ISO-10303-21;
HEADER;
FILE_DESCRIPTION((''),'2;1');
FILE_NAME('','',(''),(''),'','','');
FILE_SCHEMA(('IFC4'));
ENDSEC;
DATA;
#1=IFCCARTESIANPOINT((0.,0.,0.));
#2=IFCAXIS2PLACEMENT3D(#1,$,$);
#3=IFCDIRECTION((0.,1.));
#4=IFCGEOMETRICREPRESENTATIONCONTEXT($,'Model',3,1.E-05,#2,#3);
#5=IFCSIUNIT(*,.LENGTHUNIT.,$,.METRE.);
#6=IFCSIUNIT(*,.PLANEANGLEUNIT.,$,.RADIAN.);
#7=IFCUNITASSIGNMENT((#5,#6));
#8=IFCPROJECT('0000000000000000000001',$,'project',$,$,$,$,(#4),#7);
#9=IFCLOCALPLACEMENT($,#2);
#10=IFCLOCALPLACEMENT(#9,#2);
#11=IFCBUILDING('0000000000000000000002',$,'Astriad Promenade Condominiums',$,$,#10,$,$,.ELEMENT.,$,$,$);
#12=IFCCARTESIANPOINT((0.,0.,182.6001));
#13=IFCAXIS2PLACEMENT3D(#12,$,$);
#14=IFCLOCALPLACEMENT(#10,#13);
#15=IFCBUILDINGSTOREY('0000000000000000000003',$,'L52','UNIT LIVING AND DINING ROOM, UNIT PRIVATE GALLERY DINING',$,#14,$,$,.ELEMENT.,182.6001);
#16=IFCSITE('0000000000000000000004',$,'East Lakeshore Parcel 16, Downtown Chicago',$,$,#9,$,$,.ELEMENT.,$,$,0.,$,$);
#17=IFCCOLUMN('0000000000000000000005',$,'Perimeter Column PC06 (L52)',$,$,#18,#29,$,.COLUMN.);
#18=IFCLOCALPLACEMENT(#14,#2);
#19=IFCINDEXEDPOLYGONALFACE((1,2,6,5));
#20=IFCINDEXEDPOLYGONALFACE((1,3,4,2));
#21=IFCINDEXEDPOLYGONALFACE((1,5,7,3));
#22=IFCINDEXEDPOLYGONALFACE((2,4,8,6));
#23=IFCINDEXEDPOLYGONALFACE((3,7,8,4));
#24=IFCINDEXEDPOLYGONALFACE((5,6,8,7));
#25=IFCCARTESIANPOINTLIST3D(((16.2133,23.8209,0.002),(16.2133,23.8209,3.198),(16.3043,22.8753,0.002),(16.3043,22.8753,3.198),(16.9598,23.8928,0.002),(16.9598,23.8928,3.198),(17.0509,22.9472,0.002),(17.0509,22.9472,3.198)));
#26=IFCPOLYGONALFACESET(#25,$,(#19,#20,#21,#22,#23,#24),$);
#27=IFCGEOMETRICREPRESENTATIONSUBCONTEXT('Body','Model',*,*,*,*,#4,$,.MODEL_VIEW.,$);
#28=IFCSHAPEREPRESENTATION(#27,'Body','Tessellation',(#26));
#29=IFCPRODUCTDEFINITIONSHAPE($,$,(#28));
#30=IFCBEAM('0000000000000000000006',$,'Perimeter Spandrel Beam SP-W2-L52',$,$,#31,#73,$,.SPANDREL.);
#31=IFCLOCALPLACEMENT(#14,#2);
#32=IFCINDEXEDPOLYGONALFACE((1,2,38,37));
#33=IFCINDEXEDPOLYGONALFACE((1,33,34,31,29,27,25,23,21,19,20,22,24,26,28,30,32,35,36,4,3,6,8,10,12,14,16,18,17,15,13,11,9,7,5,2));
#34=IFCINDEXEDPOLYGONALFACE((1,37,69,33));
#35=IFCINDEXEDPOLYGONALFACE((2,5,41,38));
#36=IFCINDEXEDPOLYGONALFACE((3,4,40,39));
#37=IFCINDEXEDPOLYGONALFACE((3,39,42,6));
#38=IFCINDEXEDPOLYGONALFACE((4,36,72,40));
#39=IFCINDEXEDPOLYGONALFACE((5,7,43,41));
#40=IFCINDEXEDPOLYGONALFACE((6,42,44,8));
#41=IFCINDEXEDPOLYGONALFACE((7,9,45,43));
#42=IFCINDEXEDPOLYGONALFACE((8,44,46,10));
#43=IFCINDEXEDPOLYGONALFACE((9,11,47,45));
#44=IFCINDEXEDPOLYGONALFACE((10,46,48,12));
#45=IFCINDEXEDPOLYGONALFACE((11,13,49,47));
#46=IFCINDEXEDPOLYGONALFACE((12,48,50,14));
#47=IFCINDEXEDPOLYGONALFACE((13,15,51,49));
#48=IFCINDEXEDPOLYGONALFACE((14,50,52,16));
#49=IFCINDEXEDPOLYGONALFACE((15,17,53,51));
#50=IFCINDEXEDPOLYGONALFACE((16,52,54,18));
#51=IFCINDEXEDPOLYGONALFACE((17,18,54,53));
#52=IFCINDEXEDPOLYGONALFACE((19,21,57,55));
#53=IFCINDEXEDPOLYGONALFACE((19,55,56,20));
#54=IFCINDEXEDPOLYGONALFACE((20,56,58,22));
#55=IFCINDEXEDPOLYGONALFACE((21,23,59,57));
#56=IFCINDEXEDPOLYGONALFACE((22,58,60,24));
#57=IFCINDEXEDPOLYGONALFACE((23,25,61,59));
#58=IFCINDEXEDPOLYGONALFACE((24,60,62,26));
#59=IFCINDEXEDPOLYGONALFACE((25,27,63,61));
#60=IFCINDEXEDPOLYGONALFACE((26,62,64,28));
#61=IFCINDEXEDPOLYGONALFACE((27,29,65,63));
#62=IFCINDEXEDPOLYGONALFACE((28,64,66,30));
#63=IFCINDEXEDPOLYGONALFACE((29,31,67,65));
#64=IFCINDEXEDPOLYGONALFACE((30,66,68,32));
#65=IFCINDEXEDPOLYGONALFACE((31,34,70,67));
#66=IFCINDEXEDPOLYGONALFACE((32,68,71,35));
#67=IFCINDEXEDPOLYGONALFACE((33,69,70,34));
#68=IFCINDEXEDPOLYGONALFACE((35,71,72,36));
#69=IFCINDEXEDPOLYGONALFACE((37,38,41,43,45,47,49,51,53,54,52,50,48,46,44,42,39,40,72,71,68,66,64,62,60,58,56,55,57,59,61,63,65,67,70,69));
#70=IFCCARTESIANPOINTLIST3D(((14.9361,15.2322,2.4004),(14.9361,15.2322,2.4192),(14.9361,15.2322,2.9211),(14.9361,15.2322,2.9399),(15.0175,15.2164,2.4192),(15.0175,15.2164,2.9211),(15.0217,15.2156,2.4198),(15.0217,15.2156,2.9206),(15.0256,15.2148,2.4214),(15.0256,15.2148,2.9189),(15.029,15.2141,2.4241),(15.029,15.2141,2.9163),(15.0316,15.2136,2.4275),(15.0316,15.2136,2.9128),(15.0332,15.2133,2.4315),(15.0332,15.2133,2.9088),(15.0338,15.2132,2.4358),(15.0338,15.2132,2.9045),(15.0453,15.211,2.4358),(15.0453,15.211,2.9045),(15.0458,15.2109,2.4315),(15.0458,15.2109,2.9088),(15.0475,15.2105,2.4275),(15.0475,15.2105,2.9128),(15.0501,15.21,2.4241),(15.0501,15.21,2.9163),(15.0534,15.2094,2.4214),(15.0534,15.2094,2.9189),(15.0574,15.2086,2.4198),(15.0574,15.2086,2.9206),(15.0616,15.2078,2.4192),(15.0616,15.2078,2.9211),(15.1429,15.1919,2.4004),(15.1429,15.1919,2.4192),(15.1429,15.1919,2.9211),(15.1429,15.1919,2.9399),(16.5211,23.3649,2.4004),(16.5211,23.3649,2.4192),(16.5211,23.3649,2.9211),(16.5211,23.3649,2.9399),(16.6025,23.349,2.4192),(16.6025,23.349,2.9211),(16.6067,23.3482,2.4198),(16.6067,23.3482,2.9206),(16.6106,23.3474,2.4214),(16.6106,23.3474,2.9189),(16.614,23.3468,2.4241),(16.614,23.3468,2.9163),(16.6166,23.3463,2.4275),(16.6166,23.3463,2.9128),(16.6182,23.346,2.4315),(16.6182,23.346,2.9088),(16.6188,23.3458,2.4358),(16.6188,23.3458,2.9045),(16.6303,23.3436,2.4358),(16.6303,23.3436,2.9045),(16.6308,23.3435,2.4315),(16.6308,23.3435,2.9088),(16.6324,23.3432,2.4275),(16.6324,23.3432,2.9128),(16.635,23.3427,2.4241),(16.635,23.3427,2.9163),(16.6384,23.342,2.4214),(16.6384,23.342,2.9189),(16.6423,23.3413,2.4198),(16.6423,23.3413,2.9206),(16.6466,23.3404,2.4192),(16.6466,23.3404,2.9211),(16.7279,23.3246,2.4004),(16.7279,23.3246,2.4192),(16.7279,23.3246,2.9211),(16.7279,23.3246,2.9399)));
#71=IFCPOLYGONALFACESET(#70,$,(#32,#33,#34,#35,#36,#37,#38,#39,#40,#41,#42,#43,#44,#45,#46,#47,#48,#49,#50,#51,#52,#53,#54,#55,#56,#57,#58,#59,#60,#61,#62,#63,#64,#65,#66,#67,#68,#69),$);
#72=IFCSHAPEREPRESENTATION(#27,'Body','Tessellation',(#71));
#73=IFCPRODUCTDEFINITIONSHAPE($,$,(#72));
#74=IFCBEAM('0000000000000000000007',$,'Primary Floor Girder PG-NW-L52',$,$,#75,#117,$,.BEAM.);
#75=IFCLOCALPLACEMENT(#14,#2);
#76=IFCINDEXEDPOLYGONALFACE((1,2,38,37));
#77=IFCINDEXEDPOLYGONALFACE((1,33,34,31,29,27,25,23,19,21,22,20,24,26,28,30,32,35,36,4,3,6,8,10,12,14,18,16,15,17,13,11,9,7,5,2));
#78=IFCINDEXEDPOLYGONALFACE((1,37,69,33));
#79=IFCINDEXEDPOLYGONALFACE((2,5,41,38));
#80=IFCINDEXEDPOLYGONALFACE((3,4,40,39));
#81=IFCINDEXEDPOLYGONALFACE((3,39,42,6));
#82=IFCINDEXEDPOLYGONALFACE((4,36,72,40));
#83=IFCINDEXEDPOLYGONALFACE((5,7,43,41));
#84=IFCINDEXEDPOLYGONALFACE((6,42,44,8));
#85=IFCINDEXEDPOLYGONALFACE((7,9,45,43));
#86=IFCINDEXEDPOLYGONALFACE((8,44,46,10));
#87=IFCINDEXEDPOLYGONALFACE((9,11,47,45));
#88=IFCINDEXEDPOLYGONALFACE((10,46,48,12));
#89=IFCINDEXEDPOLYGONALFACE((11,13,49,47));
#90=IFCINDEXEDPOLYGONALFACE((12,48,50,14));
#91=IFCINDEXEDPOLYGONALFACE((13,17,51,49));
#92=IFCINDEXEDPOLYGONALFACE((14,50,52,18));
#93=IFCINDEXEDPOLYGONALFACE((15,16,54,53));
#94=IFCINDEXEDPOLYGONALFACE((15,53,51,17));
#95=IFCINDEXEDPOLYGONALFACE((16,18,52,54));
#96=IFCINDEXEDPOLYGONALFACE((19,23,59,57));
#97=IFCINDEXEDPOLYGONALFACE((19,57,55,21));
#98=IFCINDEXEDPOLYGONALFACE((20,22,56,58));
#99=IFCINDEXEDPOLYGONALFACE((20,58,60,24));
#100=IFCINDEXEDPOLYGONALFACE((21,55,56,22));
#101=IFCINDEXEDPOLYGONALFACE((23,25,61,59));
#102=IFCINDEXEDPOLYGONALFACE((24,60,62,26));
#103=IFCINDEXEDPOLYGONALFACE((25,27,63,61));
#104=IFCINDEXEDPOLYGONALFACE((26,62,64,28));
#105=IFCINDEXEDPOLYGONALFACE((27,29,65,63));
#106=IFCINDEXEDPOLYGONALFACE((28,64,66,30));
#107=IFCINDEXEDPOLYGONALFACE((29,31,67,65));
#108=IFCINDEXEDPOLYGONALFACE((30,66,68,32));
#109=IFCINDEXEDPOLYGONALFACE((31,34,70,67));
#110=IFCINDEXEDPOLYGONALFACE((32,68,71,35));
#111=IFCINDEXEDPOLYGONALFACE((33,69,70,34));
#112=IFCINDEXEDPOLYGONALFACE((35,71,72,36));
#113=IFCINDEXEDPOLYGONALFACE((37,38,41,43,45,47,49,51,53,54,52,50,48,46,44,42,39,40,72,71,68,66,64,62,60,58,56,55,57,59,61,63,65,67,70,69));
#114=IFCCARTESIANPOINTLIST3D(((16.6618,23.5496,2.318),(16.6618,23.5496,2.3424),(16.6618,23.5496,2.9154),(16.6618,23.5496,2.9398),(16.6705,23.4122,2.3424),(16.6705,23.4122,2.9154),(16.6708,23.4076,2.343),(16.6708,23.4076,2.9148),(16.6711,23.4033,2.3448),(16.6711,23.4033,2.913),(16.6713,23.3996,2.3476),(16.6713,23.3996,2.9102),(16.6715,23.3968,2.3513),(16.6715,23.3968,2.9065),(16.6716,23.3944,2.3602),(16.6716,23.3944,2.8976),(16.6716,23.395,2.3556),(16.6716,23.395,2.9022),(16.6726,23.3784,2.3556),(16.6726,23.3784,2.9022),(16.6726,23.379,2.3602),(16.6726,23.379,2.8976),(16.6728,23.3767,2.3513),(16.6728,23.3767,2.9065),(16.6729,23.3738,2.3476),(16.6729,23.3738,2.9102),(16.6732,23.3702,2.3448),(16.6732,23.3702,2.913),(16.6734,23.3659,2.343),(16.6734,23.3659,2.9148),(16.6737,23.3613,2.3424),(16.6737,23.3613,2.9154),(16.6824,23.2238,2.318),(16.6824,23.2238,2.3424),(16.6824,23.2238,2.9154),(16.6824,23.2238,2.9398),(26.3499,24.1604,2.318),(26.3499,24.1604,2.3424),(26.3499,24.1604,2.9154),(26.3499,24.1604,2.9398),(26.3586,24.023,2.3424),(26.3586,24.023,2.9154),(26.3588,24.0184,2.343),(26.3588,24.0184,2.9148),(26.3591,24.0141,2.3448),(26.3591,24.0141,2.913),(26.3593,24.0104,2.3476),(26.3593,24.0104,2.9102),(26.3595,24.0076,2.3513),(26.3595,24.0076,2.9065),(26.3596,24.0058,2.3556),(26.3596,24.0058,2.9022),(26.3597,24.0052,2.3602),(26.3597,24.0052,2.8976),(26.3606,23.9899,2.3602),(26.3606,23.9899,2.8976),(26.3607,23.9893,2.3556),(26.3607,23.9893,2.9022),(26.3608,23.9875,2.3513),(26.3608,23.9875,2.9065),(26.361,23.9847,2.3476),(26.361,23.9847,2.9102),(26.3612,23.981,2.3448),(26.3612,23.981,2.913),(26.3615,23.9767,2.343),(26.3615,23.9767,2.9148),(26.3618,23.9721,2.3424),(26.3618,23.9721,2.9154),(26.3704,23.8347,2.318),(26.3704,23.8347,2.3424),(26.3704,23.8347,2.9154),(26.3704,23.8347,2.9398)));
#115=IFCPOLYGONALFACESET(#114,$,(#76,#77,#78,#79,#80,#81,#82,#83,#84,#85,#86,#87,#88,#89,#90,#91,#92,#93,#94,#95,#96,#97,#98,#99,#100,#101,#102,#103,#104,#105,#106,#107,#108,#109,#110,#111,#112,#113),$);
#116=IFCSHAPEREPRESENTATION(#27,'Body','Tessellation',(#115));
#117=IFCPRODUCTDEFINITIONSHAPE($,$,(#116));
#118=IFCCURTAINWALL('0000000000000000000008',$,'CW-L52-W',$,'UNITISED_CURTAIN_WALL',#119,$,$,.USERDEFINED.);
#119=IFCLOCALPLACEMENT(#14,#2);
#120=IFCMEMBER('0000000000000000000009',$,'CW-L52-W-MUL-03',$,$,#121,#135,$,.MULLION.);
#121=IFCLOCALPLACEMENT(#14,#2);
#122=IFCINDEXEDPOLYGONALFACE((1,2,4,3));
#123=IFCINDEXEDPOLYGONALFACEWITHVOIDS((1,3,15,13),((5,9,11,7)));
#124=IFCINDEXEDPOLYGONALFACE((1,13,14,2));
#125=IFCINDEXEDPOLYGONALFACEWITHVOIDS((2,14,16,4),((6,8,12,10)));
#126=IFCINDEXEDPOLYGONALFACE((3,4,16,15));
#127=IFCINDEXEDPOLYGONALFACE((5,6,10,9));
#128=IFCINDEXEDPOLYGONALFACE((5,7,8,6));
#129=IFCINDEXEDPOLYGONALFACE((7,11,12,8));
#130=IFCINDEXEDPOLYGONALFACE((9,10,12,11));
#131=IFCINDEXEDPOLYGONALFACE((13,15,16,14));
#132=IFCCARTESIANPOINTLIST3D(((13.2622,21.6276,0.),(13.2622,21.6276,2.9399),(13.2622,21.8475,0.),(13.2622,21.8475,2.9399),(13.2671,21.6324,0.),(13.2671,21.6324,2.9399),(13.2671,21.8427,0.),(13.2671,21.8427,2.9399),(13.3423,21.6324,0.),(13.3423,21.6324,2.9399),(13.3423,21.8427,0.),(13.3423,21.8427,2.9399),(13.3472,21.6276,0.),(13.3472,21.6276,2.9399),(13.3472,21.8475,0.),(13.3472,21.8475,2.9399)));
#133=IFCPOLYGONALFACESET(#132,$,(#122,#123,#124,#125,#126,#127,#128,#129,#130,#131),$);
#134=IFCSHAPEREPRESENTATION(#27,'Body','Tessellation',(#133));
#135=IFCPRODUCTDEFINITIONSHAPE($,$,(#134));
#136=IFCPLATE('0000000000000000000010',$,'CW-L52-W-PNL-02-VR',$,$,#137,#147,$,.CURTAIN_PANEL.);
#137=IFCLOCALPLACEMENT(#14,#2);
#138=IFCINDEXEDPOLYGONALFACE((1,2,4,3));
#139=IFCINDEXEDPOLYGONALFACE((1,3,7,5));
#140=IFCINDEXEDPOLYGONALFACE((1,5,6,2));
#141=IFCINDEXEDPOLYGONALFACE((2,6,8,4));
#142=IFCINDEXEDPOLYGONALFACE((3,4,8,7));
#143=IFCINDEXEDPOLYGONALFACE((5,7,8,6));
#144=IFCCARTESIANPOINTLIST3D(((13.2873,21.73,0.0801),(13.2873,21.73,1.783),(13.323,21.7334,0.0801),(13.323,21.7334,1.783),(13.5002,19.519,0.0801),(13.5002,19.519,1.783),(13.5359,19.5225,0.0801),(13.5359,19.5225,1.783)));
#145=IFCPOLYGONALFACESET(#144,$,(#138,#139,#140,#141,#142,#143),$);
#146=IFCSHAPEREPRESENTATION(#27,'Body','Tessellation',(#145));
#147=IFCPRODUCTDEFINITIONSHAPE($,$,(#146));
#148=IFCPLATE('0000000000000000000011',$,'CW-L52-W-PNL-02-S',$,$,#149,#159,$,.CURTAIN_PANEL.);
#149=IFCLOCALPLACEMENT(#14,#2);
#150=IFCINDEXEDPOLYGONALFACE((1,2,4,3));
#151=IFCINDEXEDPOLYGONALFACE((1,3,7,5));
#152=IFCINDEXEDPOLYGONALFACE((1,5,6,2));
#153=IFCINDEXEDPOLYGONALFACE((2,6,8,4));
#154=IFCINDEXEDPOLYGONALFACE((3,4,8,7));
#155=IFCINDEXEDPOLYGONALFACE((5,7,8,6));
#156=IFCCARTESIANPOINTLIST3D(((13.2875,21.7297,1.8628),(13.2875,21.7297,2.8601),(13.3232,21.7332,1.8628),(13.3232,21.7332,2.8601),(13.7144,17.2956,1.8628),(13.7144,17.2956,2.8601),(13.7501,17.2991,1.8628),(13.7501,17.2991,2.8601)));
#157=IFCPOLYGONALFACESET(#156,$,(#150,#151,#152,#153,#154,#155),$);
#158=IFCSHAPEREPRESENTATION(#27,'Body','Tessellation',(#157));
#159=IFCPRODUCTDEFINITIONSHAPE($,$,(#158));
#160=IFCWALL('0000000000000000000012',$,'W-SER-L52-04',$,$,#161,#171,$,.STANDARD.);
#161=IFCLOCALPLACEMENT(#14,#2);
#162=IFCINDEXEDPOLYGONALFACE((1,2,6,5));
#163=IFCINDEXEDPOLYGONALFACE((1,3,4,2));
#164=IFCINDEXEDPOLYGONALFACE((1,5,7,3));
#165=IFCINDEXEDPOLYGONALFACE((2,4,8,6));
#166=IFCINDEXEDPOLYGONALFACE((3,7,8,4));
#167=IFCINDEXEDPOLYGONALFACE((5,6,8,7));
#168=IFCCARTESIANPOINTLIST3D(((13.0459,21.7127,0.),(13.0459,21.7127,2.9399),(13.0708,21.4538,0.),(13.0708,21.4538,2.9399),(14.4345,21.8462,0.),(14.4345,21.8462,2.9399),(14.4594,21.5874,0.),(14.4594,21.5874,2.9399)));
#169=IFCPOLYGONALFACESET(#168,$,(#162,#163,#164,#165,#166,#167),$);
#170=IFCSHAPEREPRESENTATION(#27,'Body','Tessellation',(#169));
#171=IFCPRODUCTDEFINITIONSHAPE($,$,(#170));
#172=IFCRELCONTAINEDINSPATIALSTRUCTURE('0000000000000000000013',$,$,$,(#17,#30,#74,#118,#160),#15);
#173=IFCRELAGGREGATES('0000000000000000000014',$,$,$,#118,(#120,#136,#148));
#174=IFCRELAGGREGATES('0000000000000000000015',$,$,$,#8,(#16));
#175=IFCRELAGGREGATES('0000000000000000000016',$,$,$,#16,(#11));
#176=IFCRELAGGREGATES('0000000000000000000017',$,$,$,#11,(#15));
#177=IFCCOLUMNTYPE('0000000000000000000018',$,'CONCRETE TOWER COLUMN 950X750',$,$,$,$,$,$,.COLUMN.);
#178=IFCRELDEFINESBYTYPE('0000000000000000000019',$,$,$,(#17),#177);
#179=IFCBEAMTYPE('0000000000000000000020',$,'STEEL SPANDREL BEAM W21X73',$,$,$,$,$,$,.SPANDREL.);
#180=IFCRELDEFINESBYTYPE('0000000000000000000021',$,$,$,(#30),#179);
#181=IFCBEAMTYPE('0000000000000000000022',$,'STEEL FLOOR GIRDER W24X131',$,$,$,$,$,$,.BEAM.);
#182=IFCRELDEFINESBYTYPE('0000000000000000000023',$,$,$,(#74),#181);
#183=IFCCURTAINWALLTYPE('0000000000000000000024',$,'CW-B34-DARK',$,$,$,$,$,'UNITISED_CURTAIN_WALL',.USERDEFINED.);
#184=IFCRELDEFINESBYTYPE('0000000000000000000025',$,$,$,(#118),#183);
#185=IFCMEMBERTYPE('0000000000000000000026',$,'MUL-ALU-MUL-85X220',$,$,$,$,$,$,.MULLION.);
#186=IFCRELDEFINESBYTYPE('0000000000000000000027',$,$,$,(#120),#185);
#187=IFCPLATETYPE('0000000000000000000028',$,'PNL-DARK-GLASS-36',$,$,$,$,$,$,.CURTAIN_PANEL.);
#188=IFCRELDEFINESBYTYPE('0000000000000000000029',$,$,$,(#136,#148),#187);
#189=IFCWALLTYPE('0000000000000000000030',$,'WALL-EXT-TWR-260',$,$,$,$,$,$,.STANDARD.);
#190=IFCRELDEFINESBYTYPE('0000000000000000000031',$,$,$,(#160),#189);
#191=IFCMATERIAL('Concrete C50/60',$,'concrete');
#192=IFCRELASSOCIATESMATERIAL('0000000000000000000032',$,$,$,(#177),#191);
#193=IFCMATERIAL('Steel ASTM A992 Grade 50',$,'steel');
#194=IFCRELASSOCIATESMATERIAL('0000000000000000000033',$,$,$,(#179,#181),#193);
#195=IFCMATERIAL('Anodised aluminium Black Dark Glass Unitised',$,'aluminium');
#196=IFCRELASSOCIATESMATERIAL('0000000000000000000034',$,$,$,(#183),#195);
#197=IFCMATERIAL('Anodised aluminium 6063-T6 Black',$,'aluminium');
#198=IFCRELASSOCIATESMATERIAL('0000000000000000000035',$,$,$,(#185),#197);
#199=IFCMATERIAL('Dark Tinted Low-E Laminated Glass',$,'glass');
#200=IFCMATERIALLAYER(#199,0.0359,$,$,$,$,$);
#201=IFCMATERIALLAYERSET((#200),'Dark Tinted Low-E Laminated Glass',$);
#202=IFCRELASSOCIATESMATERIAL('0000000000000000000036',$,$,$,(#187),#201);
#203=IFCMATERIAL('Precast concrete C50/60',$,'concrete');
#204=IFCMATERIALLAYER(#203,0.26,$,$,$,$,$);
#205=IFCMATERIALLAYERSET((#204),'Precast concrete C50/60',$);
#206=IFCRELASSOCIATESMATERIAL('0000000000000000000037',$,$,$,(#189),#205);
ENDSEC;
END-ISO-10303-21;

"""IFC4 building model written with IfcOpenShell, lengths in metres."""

from ifc_helpers import new_model, si_unit, direction, frame, frame_2d, origin, origin_2d, place, context, subcontext, project, spatial, rectangle, hollow_rectangle, i_section, extrude, source, transform, mapped, material, layer, layer_set, material_profile, profile_set, type_object, type_shapes, element, aggregate, save


model = new_model("IFC4")

# Units and contexts
model_context = context("Model", 3, precision=1e-05, world=origin(), true_north=direction((0.0, 1.0)))
body_context = subcontext(model_context, "Body", "Model", "MODEL_VIEW")
ifc_project = project(units=[si_unit("LENGTHUNIT", "METRE"), si_unit("PLANEANGLEUNIT", "RADIAN")], contexts=[model_context])

# Site, building, storey
site_placement = place(None, origin())
site = spatial("IfcSite", under=ifc_project, at=site_placement, Name="East Lakeshore Parcel 16, Downtown Chicago", CompositionType="ELEMENT", RefElevation=0.0)
building_placement = place(site_placement, origin())
building = spatial("IfcBuilding", under=site, at=building_placement, Name="Astriad Promenade Condominiums", CompositionType="ELEMENT")
storey_placement = place(building_placement, frame((0.0, 0.0, 182.6001)))
storey = spatial("IfcBuildingStorey", under=building, at=storey_placement, Name="L52", Description="UNIT LIVING AND DINING ROOM, UNIT PRIVATE GALLERY DINING", CompositionType="ELEMENT", Elevation=182.6001)

# Column
ifc_material_1 = material(Name="Concrete C50/60", Category="concrete")
ifc_material_profile_1 = material_profile(ifc_material_1, rectangle(XDim=0.75, YDim=0.95, at=origin_2d()), Name="RC-COL-950X750")
ifc_profile_set_1 = profile_set([ifc_material_profile_1], Name="Concrete C50/60")
column_type = type_object("IfcColumnType", Name="CONCRETE TOWER COLUMN 950X750", PredefinedType="COLUMN", material=ifc_profile_set_1)
shared_shape_1 = source(origin(), body_context, "Body", "SweptSolid", [
    extrude(rectangle(XDim=0.75, YDim=0.95, at=origin_2d()), origin(), (0.0, 0.0, 1.0), 3.196),
])
type_shapes(column_type, [shared_shape_1])
column_placement = place(storey_placement, frame((16.6321, 23.384, 0.002), z_axis=(0.0, 0.0, 1.0), x_axis=(0.995396, 0.095846, 0.0)))
element("IfcColumn", 1, at=column_placement, inside=storey, type_object=column_type, Name="Perimeter Column PC06 (L52)", PredefinedType="COLUMN", context=body_context, shape_type="MappedRepresentation", body=[
    mapped(shared_shape_1, transform((0.0, 0.0, 0.0), scale=1.0)),
])

# Beams
ifc_material_2 = material(Name="Steel ASTM A992 Grade 50", Category="steel")
ifc_material_profile_2 = material_profile(ifc_material_2, i_section(OverallWidth=0.2107, OverallDepth=0.5396, WebThickness=0.0117, FlangeThickness=0.0188, FilletRadius=0.0166, at=origin_2d()), Name="W21X73")
ifc_profile_set_2 = profile_set([ifc_material_profile_2], Name="Steel ASTM A992 Grade 50")
beam_type_1 = type_object("IfcBeamType", Name="STEEL SPANDREL BEAM W21X73", PredefinedType="SPANDREL", material=ifc_profile_set_2)
shared_shape_2 = source(origin(), body_context, "Body", "SweptSolid", [
    extrude(i_section(OverallWidth=0.2107, OverallDepth=0.5396, WebThickness=0.0117, FlangeThickness=0.0188, FilletRadius=0.0166, at=origin_2d()), origin(), (0.0, 0.0, 1.0), 8.2856),
])
type_shapes(beam_type_1, [shared_shape_2])
beam_1_placement = place(storey_placement, frame((16.6245, 23.3447, 2.6702), z_axis=(-0.191292, -0.981533, 0.0), x_axis=(0.981533, -0.191292, 0.0)))
element("IfcBeam", 2, at=beam_1_placement, inside=storey, type_object=beam_type_1, Name="Perimeter Spandrel Beam SP-W2-L52", PredefinedType="SPANDREL", context=body_context, shape_type="MappedRepresentation", body=[
    mapped(shared_shape_2, transform((0.0, 0.0, 0.0), scale=1.0)),
])
ifc_material_profile_3 = material_profile(ifc_material_2, i_section(OverallWidth=0.3264, OverallDepth=0.6218, WebThickness=0.0154, FlangeThickness=0.0244, FilletRadius=0.0178, at=origin_2d()), Name="W24X131")
ifc_profile_set_3 = profile_set([ifc_material_profile_3], Name="Steel ASTM A992 Grade 50")
beam_type_2 = type_object("IfcBeamType", Name="STEEL FLOOR GIRDER W24X131", PredefinedType="BEAM", material=ifc_profile_set_3)
shared_shape_3 = source(origin(), body_context, "Body", "SweptSolid", [
    extrude(i_section(OverallWidth=0.3264, OverallDepth=0.6218, WebThickness=0.0154, FlangeThickness=0.0244, FilletRadius=0.0178, at=origin_2d()), origin(), (0.0, 0.0, 1.0), 9.7073),
])
type_shapes(beam_type_2, [shared_shape_3])
beam_2_placement = place(storey_placement, frame((16.6721, 23.3867, 2.6289), z_axis=(0.998018, 0.062926, 0.0), x_axis=(-0.062926, 0.998018, 0.0)))
element("IfcBeam", 3, at=beam_2_placement, inside=storey, type_object=beam_type_2, Name="Primary Floor Girder PG-NW-L52", PredefinedType="BEAM", context=body_context, shape_type="MappedRepresentation", body=[
    mapped(shared_shape_3, transform((0.0, 0.0, 0.0), scale=1.0)),
])

# Curtain wall, member, plates
ifc_material_3 = material(Name="Anodised aluminium Black Dark Glass Unitised", Category="aluminium")
curtain_wall_type = type_object("IfcCurtainWallType", Name="CW-B34-DARK", ElementType="UNITISED_CURTAIN_WALL", PredefinedType="USERDEFINED", material=ifc_material_3)
curtain_wall_placement = place(storey_placement, origin())
curtain_wall = element("IfcCurtainWall", 4, at=curtain_wall_placement, inside=storey, type_object=curtain_wall_type, Name="CW-L52-W", ObjectType="UNITISED_CURTAIN_WALL", PredefinedType="USERDEFINED")
ifc_material_4 = material(Name="Anodised aluminium 6063-T6 Black", Category="aluminium")
ifc_material_profile_4 = material_profile(ifc_material_4, hollow_rectangle(XDim=0.085, YDim=0.22, WallThickness=0.0049, at=origin_2d()), Name="ALU-MUL-85X220")
ifc_profile_set_4 = profile_set([ifc_material_profile_4], Name="Anodised aluminium 6063-T6 Black")
member_type = type_object("IfcMemberType", Name="MUL-ALU-MUL-85X220", PredefinedType="MULLION", material=ifc_profile_set_4)
shared_shape_4 = source(origin(), body_context, "Body", "SweptSolid", [
    extrude(hollow_rectangle(XDim=0.085, YDim=0.22, WallThickness=0.0049, at=origin_2d()), origin(), (0.0, 0.0, 1.0), 2.9399),
])
type_shapes(member_type, [shared_shape_4])
member_placement = place(storey_placement, frame((13.3047, 21.7375, 0.0), z_axis=(0.0, 0.0, 1.0), x_axis=(1.0, 0.0, 0.0)))
member = element("IfcMember", 5, at=member_placement, type_object=member_type, Name="CW-L52-W-MUL-03", PredefinedType="MULLION", context=body_context, shape_type="MappedRepresentation", body=[
    mapped(shared_shape_4, transform((0.0, 0.0, 0.0), scale=1.0)),
])
ifc_material_5 = material(Name="Dark Tinted Low-E Laminated Glass", Category="glass")
ifc_layer_1 = layer(ifc_material_5, 0.0359)
ifc_layer_set_1 = layer_set([ifc_layer_1], Name="Dark Tinted Low-E Laminated Glass")
plate_type = type_object("IfcPlateType", Name="PNL-DARK-GLASS-36", PredefinedType="CURTAIN_PANEL", material=ifc_layer_set_1)
shared_shape_5 = source(origin(), body_context, "Body", "SweptSolid", [
    extrude(rectangle(XDim=2.2212, YDim=0.0359, at=origin_2d()), origin(), (0.0, 0.0, 1.0), 1.7029),
])
plate_1_placement = place(storey_placement, frame((13.4116, 20.6262, 0.0801), z_axis=(0.0, 0.0, 1.0), x_axis=(-0.095846, 0.995396, 0.0)))
plate_1 = element("IfcPlate", 6, at=plate_1_placement, type_object=plate_type, Name="CW-L52-W-PNL-02-VR", PredefinedType="CURTAIN_PANEL", context=body_context, shape_type="MappedRepresentation", body=[
    mapped(shared_shape_5, transform((0.0, 0.0, 0.0), scale=1.0)),
])
shared_shape_6 = source(origin(), body_context, "Body", "SweptSolid", [
    extrude(rectangle(XDim=4.4546, YDim=0.0359, at=origin_2d()), origin(), (0.0, 0.0, 1.0), 0.9973),
])
type_shapes(plate_type, [shared_shape_5, shared_shape_6])
plate_2_placement = place(storey_placement, frame((13.5188, 19.5144, 1.8628), z_axis=(0.0, 0.0, 1.0), x_axis=(-0.095846, 0.995396, 0.0)))
plate_2 = element("IfcPlate", 7, at=plate_2_placement, type_object=plate_type, Name="CW-L52-W-PNL-02-S", PredefinedType="CURTAIN_PANEL", context=body_context, shape_type="MappedRepresentation", body=[
    mapped(shared_shape_6, transform((0.0, 0.0, 0.0), scale=1.0)),
])
aggregate(curtain_wall, [member, plate_1, plate_2])

# Wall
ifc_material_6 = material(Name="Precast concrete C50/60", Category="concrete")
ifc_layer_2 = layer(ifc_material_6, 0.26)
ifc_layer_set_2 = layer_set([ifc_layer_2], Name="Precast concrete C50/60")
wall_type_1 = type_object("IfcWallType", Name="WALL-EXT-TWR-260", PredefinedType="STANDARD", material=ifc_layer_set_2)
wall_1_placement = place(storey_placement, frame((13.0583, 21.5833, 0.0), z_axis=(0.0, 0.0, 1.0), x_axis=(0.995408, 0.095726, 0.0)))
element("IfcWall", 8, at=wall_1_placement, inside=storey, type_object=wall_type_1, Name="W-SER-L52-04", PredefinedType="STANDARD", context=body_context, shape_type="SweptSolid", body=[
    extrude(rectangle(XDim=1.395, YDim=0.26, at=frame_2d((0.6975, 0.0))), origin(), (0.0, 0.0, 1.0), 2.9399),
])

save(model, "model.ifc")
